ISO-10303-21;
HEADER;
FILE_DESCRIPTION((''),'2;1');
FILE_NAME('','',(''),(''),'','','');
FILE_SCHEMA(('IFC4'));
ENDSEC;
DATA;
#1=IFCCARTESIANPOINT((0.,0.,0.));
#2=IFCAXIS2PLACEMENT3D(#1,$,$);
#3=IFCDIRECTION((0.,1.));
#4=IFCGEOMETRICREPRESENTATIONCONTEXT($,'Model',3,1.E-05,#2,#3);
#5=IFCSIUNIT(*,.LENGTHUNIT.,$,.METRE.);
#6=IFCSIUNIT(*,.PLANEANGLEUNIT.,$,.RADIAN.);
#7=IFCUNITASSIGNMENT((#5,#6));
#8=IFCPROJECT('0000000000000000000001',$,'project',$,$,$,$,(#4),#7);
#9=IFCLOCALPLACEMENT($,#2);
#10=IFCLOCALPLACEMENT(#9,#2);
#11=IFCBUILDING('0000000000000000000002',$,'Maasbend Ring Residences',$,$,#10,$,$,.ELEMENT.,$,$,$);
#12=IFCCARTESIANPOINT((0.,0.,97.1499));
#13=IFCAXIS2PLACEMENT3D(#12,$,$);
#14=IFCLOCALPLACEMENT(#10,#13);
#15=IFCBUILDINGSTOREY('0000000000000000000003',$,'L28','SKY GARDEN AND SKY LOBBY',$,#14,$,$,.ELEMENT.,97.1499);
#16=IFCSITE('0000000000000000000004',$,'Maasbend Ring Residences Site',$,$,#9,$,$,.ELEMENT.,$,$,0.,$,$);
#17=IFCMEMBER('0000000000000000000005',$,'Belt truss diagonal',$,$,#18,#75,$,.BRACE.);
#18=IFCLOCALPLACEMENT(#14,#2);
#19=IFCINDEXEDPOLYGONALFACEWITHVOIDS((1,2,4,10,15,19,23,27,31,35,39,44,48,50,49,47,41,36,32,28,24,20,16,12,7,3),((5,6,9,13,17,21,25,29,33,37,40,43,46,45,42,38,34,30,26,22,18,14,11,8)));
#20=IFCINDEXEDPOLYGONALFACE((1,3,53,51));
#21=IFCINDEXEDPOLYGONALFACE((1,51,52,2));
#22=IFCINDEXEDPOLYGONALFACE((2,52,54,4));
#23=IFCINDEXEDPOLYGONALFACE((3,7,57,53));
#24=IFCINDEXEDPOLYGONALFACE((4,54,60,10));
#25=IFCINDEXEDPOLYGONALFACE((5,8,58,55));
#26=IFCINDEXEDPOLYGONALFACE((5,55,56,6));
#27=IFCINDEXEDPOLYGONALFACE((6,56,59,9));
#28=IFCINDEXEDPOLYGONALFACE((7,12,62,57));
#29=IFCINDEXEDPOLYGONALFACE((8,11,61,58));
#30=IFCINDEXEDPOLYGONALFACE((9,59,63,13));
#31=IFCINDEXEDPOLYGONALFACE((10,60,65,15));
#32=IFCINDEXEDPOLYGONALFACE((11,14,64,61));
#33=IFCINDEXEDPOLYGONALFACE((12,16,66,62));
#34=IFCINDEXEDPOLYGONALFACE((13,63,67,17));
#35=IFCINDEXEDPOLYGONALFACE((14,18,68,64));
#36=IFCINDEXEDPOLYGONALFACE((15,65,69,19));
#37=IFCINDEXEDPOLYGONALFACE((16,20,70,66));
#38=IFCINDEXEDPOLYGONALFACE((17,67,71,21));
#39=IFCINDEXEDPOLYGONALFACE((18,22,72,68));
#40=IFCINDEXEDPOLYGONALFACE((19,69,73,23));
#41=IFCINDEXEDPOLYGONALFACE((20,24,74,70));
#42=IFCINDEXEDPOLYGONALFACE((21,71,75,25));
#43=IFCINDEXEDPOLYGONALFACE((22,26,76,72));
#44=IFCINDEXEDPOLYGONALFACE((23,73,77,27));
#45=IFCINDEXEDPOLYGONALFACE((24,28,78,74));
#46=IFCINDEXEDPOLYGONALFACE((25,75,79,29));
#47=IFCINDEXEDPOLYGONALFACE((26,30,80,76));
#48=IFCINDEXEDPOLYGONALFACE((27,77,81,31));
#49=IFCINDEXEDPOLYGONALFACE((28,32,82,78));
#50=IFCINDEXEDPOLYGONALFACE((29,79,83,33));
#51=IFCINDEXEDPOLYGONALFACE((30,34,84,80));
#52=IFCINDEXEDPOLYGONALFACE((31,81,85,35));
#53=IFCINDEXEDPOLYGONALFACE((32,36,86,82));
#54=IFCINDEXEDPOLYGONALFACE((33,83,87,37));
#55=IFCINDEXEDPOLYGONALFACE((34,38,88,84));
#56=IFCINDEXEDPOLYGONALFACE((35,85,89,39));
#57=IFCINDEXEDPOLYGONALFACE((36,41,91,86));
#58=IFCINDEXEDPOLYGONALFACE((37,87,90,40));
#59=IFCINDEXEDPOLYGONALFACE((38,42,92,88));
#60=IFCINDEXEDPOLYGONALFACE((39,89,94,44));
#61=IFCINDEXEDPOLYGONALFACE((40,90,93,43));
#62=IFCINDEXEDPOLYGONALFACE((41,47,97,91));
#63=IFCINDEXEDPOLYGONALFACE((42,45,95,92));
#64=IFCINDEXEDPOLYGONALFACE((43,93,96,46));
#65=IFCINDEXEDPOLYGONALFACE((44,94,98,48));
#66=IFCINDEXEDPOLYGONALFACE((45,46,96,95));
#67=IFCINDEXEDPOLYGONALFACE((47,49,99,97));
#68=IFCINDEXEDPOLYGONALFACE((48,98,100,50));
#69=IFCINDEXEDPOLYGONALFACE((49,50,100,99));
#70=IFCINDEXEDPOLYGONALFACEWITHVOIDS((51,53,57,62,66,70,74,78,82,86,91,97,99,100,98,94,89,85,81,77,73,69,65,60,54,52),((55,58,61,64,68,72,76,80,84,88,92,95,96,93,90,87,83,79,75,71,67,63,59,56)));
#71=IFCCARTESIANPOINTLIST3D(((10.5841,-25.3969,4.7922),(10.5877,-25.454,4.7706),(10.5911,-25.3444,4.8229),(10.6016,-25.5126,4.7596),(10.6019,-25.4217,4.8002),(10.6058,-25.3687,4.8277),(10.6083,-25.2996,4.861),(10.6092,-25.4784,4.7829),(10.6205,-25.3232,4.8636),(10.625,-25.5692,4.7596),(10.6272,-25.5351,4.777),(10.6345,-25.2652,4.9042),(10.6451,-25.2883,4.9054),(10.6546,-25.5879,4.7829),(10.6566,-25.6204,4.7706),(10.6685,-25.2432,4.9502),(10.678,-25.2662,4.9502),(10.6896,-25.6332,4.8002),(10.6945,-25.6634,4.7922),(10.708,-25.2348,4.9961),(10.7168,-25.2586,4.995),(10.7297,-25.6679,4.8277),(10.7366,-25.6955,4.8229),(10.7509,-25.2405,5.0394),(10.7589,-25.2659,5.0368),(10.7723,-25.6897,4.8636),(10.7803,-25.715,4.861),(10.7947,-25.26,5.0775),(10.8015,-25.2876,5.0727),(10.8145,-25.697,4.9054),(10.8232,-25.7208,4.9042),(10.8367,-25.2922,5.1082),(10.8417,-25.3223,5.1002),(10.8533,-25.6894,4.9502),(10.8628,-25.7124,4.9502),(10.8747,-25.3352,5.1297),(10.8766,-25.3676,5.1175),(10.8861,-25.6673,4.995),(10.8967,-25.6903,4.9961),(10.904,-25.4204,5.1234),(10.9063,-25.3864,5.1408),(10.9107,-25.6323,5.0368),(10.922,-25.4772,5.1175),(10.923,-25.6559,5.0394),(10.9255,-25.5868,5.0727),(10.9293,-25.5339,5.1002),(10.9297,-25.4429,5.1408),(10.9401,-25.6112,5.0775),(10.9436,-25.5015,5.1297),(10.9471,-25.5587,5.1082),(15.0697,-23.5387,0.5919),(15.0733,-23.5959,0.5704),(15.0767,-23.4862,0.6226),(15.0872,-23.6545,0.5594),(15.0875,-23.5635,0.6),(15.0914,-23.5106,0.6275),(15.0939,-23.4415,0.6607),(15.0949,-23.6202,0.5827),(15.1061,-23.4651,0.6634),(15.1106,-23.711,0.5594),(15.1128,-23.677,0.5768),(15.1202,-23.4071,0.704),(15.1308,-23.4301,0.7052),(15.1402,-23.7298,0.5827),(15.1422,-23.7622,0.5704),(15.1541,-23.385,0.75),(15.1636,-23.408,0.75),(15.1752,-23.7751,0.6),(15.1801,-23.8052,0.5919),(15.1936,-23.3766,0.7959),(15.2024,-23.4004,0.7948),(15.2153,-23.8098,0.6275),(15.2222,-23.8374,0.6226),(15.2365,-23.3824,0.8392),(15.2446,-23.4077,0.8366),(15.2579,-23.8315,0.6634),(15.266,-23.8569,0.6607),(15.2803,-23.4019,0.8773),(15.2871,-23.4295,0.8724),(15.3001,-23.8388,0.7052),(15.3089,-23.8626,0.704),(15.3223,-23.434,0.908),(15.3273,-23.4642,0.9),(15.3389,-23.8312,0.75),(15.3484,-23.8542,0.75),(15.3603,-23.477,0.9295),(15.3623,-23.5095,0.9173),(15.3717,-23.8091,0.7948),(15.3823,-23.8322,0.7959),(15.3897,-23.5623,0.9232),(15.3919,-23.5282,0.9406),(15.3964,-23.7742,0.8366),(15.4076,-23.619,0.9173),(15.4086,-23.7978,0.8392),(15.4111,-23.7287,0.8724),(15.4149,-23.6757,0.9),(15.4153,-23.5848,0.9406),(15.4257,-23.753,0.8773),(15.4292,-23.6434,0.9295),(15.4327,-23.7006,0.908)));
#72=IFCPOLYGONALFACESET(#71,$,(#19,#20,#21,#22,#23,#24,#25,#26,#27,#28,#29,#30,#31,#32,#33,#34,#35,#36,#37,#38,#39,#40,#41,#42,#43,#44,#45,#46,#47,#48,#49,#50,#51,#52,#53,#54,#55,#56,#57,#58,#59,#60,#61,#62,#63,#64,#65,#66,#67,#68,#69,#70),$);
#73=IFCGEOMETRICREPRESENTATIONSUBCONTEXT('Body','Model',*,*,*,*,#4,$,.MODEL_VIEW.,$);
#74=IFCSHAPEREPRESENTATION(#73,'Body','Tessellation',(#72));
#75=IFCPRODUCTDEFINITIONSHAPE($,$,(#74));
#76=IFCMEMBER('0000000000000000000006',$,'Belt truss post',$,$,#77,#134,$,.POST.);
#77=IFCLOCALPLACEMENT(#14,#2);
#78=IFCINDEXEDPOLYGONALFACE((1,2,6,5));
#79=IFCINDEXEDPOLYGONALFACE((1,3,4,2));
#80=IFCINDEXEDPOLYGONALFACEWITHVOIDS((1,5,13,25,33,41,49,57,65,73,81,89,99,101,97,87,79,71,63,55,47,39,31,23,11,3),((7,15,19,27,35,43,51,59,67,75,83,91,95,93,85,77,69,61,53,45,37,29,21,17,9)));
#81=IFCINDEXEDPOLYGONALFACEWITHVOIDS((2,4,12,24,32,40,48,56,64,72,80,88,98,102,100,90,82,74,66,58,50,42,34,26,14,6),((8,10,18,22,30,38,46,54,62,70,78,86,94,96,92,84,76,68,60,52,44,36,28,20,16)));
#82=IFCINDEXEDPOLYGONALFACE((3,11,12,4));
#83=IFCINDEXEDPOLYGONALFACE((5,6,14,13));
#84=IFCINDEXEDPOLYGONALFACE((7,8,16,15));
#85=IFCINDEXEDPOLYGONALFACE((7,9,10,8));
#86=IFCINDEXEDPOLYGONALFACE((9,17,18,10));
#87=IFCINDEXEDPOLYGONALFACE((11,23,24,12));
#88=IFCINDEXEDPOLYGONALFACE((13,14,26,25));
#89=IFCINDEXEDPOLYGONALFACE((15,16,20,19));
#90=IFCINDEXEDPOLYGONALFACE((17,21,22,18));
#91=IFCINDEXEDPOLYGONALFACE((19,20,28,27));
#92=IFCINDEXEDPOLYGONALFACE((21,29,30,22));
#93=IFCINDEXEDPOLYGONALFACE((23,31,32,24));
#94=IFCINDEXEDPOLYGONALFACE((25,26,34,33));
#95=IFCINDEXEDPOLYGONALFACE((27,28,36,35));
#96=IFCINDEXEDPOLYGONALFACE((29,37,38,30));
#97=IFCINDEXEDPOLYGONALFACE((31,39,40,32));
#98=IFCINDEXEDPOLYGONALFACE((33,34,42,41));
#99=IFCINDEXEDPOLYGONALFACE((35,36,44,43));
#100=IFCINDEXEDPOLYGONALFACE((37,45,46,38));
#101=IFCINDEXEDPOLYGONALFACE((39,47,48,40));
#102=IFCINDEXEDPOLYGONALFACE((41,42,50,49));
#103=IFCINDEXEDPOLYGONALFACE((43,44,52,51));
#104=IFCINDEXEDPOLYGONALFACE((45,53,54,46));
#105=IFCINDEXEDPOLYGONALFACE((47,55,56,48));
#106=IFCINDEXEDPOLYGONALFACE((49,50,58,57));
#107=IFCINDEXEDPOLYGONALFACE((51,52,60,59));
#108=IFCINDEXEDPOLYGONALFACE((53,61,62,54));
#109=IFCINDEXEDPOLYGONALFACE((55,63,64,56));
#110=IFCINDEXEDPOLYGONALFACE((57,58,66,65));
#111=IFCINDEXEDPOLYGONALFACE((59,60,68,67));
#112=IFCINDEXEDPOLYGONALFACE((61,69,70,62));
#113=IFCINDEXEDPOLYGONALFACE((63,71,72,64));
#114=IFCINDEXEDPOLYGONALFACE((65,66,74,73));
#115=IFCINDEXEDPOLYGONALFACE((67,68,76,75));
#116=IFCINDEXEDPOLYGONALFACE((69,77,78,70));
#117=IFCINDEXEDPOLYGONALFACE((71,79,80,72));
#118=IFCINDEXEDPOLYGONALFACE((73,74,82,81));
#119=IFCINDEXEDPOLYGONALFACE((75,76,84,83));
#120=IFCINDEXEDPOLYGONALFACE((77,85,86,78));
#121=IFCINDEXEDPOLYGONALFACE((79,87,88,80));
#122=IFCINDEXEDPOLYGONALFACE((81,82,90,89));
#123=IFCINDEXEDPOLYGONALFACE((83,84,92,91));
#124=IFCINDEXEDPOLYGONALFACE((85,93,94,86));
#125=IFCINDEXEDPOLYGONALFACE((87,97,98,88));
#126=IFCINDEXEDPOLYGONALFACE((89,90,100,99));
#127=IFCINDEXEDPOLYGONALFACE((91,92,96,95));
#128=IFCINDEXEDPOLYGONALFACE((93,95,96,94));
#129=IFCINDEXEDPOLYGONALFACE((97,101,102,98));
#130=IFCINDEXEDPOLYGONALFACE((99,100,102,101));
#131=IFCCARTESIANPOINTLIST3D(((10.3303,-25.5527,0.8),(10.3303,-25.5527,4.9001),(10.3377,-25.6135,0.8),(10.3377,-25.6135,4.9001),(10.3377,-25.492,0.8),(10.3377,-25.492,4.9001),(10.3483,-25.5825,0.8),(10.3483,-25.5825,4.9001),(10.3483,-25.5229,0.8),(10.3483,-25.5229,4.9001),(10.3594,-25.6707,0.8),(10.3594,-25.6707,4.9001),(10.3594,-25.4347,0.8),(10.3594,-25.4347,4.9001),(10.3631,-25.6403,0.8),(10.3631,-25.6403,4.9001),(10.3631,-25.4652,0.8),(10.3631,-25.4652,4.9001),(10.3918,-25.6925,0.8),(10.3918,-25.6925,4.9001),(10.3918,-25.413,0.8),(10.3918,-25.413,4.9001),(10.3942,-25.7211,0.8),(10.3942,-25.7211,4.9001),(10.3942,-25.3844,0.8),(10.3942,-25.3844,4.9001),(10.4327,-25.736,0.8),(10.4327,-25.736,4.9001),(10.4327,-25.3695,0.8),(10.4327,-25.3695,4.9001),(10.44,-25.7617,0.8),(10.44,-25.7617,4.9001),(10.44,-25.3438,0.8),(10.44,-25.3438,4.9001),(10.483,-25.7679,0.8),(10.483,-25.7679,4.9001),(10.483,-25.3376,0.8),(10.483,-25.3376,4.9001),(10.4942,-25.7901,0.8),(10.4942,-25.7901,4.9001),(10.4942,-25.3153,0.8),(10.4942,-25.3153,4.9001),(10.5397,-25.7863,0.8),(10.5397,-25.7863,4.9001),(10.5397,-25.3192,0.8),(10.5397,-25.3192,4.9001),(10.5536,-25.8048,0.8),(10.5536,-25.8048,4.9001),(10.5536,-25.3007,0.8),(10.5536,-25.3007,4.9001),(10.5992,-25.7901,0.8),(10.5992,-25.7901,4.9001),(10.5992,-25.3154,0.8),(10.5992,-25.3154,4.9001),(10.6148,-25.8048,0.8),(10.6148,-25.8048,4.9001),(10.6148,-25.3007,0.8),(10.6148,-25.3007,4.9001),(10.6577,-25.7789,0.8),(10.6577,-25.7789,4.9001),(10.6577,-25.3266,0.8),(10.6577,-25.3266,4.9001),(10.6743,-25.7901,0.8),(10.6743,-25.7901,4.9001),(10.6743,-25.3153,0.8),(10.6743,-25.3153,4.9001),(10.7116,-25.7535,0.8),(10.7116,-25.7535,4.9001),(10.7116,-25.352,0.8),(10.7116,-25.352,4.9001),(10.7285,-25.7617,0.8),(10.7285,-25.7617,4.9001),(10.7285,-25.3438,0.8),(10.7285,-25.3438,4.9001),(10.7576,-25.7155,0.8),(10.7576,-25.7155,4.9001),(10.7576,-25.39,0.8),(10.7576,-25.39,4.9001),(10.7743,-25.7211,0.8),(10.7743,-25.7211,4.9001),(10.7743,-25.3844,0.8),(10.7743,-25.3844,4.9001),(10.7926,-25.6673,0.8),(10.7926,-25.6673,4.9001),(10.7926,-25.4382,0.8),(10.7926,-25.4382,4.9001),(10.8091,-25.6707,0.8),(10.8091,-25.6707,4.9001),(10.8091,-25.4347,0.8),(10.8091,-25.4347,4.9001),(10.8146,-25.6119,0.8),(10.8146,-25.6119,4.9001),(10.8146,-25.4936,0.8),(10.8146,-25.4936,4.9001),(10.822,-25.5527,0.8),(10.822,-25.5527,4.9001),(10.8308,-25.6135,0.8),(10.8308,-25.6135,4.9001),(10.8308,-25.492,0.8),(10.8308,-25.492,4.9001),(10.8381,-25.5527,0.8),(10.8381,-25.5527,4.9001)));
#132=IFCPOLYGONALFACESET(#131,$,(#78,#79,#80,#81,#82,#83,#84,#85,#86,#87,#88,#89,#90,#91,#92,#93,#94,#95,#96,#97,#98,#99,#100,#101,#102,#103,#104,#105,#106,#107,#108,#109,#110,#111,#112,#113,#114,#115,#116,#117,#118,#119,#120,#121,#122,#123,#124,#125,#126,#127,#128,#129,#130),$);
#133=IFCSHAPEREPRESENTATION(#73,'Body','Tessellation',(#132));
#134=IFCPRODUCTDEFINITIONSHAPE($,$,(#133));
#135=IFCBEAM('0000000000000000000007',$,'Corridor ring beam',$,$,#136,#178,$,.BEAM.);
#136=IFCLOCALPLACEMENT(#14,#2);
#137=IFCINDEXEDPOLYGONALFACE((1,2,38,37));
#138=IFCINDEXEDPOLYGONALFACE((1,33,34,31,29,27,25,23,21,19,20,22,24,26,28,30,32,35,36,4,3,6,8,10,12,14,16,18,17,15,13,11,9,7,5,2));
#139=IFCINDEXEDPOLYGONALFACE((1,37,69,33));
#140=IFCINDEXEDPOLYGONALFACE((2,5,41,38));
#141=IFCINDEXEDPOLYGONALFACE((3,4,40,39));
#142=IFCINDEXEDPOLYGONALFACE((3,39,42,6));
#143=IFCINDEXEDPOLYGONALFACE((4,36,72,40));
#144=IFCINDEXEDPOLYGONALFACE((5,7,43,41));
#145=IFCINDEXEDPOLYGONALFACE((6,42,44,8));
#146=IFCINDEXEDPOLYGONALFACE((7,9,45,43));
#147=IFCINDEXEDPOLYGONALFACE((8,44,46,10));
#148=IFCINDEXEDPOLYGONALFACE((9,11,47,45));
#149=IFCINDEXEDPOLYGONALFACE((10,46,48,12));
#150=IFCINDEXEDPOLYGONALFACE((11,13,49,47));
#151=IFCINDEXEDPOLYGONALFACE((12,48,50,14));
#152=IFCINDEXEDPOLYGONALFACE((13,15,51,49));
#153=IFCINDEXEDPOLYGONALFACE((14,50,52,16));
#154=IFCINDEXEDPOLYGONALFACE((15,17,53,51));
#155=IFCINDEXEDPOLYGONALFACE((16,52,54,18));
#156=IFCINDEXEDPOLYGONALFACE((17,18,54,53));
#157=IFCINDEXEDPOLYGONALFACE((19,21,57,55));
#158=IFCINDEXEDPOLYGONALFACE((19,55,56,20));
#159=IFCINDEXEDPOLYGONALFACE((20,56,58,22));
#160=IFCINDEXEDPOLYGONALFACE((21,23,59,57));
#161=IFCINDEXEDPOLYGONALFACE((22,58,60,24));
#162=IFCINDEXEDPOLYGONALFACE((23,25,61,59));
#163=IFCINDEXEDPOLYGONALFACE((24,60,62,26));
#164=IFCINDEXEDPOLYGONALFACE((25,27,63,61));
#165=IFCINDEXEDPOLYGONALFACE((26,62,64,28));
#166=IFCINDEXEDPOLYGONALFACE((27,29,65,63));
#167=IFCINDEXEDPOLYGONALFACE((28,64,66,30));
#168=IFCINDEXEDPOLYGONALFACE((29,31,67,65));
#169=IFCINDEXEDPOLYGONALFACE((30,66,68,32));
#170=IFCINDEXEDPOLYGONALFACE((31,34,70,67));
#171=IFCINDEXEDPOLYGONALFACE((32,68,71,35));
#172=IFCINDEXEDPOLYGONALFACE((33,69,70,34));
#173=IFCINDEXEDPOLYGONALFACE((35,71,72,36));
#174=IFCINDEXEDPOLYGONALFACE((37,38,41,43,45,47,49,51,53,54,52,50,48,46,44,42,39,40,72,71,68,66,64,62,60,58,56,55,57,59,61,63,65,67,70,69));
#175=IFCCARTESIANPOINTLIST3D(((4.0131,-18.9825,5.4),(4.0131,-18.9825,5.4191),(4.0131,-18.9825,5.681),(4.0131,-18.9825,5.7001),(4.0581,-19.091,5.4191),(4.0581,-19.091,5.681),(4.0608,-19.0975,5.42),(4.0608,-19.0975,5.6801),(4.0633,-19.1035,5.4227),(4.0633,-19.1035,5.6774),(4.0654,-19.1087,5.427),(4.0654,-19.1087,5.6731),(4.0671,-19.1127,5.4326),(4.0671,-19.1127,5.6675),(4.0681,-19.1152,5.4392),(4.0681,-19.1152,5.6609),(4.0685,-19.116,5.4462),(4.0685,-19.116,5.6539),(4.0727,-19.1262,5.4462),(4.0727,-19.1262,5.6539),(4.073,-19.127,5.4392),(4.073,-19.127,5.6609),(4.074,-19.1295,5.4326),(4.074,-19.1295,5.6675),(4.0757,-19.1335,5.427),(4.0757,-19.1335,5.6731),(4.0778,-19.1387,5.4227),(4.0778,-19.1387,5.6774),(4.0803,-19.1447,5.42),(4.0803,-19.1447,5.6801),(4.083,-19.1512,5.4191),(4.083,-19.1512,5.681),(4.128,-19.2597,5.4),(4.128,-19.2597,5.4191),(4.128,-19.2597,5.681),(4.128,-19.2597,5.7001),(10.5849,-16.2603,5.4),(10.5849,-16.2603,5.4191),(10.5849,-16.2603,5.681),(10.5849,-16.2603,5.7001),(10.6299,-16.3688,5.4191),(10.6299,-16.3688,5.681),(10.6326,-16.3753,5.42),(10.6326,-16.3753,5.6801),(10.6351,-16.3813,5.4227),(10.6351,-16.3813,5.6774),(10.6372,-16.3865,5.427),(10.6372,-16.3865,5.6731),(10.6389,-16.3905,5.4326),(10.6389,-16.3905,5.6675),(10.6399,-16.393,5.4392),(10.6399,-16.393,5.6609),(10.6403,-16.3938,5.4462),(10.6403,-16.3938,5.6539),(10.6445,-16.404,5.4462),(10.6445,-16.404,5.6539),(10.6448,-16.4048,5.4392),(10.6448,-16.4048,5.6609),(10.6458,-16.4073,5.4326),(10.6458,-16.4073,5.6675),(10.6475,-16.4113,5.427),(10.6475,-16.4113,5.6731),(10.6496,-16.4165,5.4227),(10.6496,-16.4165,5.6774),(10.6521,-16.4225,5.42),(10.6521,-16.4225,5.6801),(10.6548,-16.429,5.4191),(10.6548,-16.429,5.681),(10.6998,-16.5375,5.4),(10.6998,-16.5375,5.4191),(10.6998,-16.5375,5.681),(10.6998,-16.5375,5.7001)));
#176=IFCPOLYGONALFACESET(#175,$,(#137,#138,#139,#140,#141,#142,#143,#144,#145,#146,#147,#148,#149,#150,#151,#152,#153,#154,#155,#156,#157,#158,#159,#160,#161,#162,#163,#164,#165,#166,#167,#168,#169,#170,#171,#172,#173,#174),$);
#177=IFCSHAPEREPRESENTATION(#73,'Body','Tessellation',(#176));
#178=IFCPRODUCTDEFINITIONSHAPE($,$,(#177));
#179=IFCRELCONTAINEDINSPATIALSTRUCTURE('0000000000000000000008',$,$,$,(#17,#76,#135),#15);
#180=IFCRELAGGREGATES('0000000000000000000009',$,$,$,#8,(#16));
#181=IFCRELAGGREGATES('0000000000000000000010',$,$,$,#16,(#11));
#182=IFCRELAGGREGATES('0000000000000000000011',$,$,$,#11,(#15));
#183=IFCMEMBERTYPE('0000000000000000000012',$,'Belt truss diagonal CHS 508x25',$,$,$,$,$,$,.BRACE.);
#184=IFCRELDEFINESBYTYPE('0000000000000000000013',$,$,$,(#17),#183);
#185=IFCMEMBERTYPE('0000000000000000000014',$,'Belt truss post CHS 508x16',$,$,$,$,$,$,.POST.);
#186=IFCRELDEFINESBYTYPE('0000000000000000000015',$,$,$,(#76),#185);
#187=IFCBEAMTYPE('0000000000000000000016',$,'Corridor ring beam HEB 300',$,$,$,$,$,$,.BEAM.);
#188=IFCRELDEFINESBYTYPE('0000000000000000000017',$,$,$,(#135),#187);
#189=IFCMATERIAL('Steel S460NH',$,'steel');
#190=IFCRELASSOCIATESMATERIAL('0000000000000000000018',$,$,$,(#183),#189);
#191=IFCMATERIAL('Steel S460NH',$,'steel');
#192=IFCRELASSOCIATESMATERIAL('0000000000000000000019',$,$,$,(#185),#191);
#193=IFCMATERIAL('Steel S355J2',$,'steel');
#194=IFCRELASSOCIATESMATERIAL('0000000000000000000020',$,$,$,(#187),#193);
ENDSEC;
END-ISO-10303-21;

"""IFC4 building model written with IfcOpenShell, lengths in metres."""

from ifc_helpers import new_model, si_unit, direction, frame, origin, origin_2d, place, context, subcontext, project, spatial, hollow_circle, i_section, extrude, material, material_profile, profile_set, type_object, element, save


model = new_model("IFC4")

# Units and contexts
model_context = context("Model", 3, precision=1e-05, world=origin(), true_north=direction((0.0, 1.0)))
body_context = subcontext(model_context, "Body", "Model", "MODEL_VIEW")
ifc_project = project(units=[si_unit("LENGTHUNIT", "METRE"), si_unit("PLANEANGLEUNIT", "RADIAN")], contexts=[model_context])

# Site, building, storey
site_placement = place(None, origin())
site = spatial("IfcSite", under=ifc_project, at=site_placement, Name="Maasbend Ring Residences Site", CompositionType="ELEMENT", RefElevation=0.0)
building_placement = place(site_placement, origin())
building = spatial("IfcBuilding", under=site, at=building_placement, Name="Maasbend Ring Residences", CompositionType="ELEMENT")
storey_placement = place(building_placement, frame((0.0, 0.0, 97.1499)))
storey = spatial("IfcBuildingStorey", under=building, at=storey_placement, Name="L28", Description="SKY GARDEN AND SKY LOBBY", CompositionType="ELEMENT", Elevation=97.1499)

# Members
ifc_material_1 = material(Name="Steel S460NH", Category="steel")
ifc_material_profile_1 = material_profile(ifc_material_1, hollow_circle(Radius=0.2539, WallThickness=0.0249, at=origin_2d()), Name="Belt truss diagonal CHS 508x25")
ifc_profile_set_1 = profile_set([ifc_material_profile_1], Name="Steel S460NH")
member_type_1 = type_object("IfcMemberType", Name="Belt truss diagonal CHS 508x25", PredefinedType="BRACE", material=ifc_profile_set_1)
for number, where, z_axis, x_axis, name in (
    (1, (10.7656, -25.4778, 4.9502), (0.698703, 0.289437, -0.654248), (-0.382712, 0.923868, 0.0), "Belt truss diagonal"),
):
    element("IfcMember", number, at=place(storey_placement, frame(where, z_axis=z_axis, x_axis=x_axis)), inside=storey, type_object=member_type_1, Name=name, PredefinedType="BRACE", context=body_context, shape_type="SweptSolid", body=[
        extrude(hollow_circle(Radius=0.2539, WallThickness=0.0249, at=origin_2d()), origin(), (0.0, 0.0, 1.0), 6.4199),
    ])
ifc_material_2 = material(Name="Steel S460NH", Category="steel")
ifc_material_profile_2 = material_profile(ifc_material_2, hollow_circle(Radius=0.2539, WallThickness=0.0161, at=origin_2d()), Name="Belt truss post CHS 508x16")
ifc_profile_set_2 = profile_set([ifc_material_profile_2], Name="Steel S460NH")
member_type_2 = type_object("IfcMemberType", Name="Belt truss post CHS 508x16", PredefinedType="POST", material=ifc_profile_set_2)
member_1_placement = place(storey_placement, frame((10.5842, -25.5527, 0.8), z_axis=(0.0, 0.0, 1.0), x_axis=(1.0, 0.0, 0.0)))
element("IfcMember", 2, at=member_1_placement, inside=storey, type_object=member_type_2, Name="Belt truss post", PredefinedType="POST", context=body_context, shape_type="SweptSolid", body=[
    extrude(hollow_circle(Radius=0.2539, WallThickness=0.0161, at=origin_2d()), origin(), (0.0, 0.0, 1.0), 4.1001),
])

# Beam
ifc_material_3 = material(Name="Steel S355J2", Category="steel")
ifc_material_profile_3 = material_profile(ifc_material_3, i_section(OverallWidth=0.3, OverallDepth=0.3, WebThickness=0.011, FlangeThickness=0.019, FilletRadius=0.0271, at=origin_2d()), Name="HEB 300")
ifc_profile_set_3 = profile_set([ifc_material_profile_3], Name="Steel S355J2")
beam_type_1 = type_object("IfcBeamType", Name="Corridor ring beam HEB 300", PredefinedType="BEAM", material=ifc_profile_set_3)
for number, where, z_axis, x_axis, name in (
    (3, (4.0706, -19.1211, 5.55), (0.923877, 0.382689, 0.0), (-0.382689, 0.923877, 0.0), "Corridor ring beam"),
):
    element("IfcBeam", number, at=place(storey_placement, frame(where, z_axis=z_axis, x_axis=x_axis)), inside=storey, type_object=beam_type_1, Name=name, PredefinedType="BEAM", context=body_context, shape_type="SweptSolid", body=[
        extrude(i_section(OverallWidth=0.3, OverallDepth=0.3, WebThickness=0.011, FlangeThickness=0.019, FilletRadius=0.0271, at=origin_2d()), origin(), (0.0, 0.0, 1.0), 7.1133),
    ])

save(model, "model.ifc")
